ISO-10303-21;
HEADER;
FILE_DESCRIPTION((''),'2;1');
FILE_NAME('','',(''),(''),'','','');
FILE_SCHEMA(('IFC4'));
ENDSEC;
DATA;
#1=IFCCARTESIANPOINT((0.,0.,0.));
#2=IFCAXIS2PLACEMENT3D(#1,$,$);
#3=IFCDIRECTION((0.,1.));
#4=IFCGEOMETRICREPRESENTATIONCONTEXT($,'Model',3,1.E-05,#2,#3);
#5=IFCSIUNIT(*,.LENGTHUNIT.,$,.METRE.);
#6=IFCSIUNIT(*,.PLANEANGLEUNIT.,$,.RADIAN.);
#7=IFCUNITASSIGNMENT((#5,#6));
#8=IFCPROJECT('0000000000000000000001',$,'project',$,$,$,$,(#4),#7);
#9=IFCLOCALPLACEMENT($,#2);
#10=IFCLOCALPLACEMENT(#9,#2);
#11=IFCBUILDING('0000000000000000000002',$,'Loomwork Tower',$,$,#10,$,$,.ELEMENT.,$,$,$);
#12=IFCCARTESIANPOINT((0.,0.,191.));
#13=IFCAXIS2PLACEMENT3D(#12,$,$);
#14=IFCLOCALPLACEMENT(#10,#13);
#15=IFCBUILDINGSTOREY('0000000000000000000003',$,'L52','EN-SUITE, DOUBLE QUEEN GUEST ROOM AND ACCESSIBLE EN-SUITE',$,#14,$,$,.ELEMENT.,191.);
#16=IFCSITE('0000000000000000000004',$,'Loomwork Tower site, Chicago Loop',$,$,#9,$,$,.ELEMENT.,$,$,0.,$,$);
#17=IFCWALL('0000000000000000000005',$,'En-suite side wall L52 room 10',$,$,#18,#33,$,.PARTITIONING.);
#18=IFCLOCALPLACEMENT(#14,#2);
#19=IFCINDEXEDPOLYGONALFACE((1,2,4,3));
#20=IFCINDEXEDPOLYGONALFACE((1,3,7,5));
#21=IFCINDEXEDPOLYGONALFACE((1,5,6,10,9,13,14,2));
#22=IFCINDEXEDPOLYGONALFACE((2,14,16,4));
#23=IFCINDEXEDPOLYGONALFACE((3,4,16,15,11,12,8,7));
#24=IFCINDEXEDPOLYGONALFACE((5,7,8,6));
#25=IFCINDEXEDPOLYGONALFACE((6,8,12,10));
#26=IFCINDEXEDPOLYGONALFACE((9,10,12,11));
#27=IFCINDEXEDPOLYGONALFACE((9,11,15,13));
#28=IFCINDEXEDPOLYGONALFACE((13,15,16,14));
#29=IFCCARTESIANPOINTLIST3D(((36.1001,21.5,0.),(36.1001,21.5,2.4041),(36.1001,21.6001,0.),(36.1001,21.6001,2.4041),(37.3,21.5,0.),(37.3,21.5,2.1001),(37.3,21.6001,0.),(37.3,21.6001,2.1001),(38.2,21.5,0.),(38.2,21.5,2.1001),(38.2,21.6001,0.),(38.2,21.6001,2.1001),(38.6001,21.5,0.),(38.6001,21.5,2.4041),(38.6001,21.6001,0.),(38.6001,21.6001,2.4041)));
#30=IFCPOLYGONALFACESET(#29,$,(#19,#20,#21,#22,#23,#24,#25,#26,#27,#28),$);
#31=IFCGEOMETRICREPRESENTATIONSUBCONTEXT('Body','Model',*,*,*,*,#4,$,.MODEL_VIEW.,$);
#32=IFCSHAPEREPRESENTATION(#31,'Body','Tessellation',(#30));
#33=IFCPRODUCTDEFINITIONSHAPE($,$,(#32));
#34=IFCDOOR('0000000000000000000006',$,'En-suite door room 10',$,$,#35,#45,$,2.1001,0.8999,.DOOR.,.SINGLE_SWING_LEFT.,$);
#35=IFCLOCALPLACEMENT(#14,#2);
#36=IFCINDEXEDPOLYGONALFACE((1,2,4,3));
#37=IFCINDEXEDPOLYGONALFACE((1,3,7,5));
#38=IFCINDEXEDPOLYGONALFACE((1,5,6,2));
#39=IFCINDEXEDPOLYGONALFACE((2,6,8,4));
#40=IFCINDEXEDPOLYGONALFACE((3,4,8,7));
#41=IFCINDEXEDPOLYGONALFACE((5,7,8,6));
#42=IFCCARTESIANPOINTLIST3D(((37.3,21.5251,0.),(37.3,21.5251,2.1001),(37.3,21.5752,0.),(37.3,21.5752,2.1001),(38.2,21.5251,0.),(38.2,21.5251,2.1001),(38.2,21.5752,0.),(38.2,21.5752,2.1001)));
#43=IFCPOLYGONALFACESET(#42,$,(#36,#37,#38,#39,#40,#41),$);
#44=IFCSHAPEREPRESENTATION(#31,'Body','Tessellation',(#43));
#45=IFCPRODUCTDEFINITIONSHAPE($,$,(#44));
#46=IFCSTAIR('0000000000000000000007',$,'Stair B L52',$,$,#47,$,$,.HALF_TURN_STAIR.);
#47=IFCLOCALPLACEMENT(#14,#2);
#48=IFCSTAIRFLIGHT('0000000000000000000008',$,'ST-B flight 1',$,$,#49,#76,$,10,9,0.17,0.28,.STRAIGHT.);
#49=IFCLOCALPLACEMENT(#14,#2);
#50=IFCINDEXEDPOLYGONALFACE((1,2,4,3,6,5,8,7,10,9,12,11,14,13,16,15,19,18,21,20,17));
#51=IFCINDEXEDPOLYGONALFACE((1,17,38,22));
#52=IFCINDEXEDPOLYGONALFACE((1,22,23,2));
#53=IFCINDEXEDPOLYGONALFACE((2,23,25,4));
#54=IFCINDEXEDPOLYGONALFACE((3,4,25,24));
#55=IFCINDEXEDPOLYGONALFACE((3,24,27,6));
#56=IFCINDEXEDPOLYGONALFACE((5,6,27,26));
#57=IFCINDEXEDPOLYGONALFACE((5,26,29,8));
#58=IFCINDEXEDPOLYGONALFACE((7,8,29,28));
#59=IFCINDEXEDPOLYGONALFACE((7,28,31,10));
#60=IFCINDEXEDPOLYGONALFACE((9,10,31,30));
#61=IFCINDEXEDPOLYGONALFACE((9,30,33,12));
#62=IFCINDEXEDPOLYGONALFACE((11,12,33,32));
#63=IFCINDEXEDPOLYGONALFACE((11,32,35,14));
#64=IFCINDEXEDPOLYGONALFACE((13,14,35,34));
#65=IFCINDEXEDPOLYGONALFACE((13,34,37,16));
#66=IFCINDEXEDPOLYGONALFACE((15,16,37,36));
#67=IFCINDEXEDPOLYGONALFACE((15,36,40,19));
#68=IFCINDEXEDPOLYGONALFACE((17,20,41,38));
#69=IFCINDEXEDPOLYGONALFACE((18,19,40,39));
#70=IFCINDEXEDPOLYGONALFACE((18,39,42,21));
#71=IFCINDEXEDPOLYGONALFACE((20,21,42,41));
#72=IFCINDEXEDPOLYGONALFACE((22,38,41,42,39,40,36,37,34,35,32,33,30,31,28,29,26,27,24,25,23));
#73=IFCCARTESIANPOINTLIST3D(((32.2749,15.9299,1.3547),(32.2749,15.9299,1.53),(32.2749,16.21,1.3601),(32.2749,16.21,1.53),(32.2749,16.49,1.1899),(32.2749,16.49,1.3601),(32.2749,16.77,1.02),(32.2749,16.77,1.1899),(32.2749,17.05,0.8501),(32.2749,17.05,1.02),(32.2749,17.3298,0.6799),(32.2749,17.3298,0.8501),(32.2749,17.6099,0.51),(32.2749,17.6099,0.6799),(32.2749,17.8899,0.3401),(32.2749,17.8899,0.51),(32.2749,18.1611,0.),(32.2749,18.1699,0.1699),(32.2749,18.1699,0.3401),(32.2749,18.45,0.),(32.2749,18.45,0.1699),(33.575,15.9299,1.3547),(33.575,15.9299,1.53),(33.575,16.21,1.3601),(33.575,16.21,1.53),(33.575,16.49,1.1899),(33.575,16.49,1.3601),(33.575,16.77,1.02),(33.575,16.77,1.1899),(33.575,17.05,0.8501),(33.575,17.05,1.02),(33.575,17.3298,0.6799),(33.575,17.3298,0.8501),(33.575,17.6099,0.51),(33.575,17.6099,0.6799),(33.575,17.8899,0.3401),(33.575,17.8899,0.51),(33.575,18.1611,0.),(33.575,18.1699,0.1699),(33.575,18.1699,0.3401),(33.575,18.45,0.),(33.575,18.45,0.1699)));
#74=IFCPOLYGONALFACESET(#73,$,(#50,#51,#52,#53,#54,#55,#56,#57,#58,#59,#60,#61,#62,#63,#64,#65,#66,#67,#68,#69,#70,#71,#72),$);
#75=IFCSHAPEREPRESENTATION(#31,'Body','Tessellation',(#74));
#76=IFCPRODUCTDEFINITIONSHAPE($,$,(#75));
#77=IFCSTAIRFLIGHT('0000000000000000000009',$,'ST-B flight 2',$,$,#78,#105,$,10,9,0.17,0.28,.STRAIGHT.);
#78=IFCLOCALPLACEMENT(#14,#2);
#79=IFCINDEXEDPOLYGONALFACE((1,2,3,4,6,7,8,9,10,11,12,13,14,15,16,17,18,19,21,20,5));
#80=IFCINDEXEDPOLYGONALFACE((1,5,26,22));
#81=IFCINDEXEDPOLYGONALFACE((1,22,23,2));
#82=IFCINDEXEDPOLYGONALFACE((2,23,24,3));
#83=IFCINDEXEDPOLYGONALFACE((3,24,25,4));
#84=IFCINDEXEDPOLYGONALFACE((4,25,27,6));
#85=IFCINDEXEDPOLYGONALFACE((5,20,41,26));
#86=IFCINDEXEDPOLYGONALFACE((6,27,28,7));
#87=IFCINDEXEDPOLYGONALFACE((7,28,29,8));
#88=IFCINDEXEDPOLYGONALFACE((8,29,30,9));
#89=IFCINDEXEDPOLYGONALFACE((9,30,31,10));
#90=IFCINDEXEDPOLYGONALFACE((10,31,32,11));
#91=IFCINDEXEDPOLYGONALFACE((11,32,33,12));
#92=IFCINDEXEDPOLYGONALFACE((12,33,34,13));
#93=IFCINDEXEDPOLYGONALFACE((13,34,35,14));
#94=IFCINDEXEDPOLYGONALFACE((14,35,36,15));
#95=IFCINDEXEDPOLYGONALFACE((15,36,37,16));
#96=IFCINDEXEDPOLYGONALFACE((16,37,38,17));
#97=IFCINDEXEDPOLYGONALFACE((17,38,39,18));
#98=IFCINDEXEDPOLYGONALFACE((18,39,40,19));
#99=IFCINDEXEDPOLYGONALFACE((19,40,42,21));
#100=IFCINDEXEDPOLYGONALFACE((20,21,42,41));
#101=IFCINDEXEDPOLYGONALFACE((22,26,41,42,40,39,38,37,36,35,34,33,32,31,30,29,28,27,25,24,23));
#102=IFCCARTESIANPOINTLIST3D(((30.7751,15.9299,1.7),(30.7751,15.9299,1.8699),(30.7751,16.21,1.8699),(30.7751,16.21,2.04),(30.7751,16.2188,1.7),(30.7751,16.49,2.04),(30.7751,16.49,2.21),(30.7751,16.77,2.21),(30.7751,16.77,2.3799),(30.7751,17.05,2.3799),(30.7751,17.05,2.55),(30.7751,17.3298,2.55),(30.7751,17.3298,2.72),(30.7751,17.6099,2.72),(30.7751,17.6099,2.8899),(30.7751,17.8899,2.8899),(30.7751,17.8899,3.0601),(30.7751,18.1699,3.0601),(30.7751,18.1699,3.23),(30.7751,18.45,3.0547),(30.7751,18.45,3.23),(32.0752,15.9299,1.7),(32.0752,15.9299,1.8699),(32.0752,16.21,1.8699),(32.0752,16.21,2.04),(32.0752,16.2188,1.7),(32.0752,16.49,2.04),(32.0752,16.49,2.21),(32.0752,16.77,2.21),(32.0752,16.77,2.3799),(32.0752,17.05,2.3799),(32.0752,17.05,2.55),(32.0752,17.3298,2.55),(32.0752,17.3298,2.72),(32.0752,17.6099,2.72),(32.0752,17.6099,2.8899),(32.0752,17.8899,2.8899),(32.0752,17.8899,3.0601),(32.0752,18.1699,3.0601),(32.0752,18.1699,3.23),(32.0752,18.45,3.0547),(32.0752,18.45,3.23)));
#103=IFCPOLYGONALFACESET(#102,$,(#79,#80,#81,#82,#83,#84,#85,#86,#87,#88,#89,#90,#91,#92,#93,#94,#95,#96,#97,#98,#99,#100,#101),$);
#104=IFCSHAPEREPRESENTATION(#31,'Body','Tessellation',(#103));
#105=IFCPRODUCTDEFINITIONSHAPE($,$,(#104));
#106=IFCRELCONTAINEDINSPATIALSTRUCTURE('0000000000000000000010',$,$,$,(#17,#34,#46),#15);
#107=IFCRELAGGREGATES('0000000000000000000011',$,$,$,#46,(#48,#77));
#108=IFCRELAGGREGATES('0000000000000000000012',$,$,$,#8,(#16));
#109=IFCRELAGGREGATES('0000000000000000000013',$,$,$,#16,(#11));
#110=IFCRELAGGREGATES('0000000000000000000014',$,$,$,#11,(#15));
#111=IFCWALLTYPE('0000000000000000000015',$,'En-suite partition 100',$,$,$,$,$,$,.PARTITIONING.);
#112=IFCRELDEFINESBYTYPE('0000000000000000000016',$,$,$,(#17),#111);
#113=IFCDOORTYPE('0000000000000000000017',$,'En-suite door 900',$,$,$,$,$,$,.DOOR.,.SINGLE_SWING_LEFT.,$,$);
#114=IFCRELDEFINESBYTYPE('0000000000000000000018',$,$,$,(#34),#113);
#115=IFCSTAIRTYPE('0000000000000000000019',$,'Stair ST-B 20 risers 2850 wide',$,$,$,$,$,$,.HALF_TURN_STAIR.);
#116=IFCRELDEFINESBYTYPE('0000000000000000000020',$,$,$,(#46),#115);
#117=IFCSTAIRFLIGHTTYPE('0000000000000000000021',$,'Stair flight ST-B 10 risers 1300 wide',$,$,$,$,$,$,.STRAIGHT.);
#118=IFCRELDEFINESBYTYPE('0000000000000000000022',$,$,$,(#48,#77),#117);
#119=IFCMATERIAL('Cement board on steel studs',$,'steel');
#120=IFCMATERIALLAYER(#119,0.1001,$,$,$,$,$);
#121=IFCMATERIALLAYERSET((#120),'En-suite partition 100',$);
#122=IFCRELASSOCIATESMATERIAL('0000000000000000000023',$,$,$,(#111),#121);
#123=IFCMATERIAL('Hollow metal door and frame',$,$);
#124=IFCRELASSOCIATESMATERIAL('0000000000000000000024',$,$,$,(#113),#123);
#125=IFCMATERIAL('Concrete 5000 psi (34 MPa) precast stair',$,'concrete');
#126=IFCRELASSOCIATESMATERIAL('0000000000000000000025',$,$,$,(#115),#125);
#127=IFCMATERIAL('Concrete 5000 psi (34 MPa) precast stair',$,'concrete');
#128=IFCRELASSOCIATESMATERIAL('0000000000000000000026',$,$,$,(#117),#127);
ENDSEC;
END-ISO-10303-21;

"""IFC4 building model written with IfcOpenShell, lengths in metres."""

from ifc_helpers import new_model, si_unit, direction, frame, frame_2d, origin, place, context, subcontext, project, spatial, polyline, rectangle, outline, extrude, material, layer, layer_set, type_object, element, fill, aggregate, save


model = new_model("IFC4")

# Units and contexts
model_context = context("Model", 3, precision=1e-05, world=origin(), true_north=direction((0.0, 1.0)))
body_context = subcontext(model_context, "Body", "Model", "MODEL_VIEW")
ifc_project = project(units=[si_unit("LENGTHUNIT", "METRE"), si_unit("PLANEANGLEUNIT", "RADIAN")], contexts=[model_context])

# Site, building, storey
site_placement = place(None, origin())
site = spatial("IfcSite", under=ifc_project, at=site_placement, Name="Loomwork Tower site, Chicago Loop", CompositionType="ELEMENT", RefElevation=0.0)
building_placement = place(site_placement, origin())
building = spatial("IfcBuilding", under=site, at=building_placement, Name="Loomwork Tower", CompositionType="ELEMENT")
storey_placement = place(building_placement, frame((0.0, 0.0, 191.0)))
storey = spatial("IfcBuildingStorey", under=building, at=storey_placement, Name="L52", Description="EN-SUITE, DOUBLE QUEEN GUEST ROOM AND ACCESSIBLE EN-SUITE", CompositionType="ELEMENT", Elevation=191.0)

# Wall, opening, door
ifc_material_1 = material(Name="Cement board on steel studs", Category="steel")
ifc_layer_1 = layer(ifc_material_1, 0.1001)
ifc_layer_set_1 = layer_set([ifc_layer_1], Name="En-suite partition 100")
wall_type_1 = type_object("IfcWallType", Name="En-suite partition 100", PredefinedType="PARTITIONING", material=ifc_layer_set_1)
ifc_material_2 = material(Name="Hollow metal door and frame")
door_type_1 = type_object("IfcDoorType", Name="En-suite door 900", OperationType="SINGLE_SWING_LEFT", PredefinedType="DOOR", material=ifc_material_2)
wall_1_placement = place(storey_placement, frame((36.1001, 21.55, 0.0), z_axis=(0.0, 0.0, 1.0), x_axis=(1.0, 0.0, 0.0)))
wall_1 = element("IfcWall", 1, at=wall_1_placement, inside=storey, type_object=wall_type_1, Name="En-suite side wall L52 room 10", PredefinedType="PARTITIONING", context=body_context, shape_type="SweptSolid", body=[
    extrude(rectangle(XDim=2.5, YDim=0.1001, at=frame_2d((1.25, 0.0))), origin(), (0.0, 0.0, 1.0), 2.4041),
])
opening_1_placement = place(wall_1_placement, frame((1.2, 0.0, 0.0)))
opening_1 = element("IfcOpeningElement", 2, at=opening_1_placement, cuts=wall_1, PredefinedType="OPENING", context=body_context, shape_type="SweptSolid", body=[
    extrude(rectangle(XDim=0.8999, YDim=2.1001, at=frame_2d((0.45, 1.05))), frame((0.0, 0.0601, 0.0), z_axis=(0.0, -1.0, 0.0), x_axis=(1.0, 0.0, 0.0)), (0.0, 0.0, 1.0), 0.1201),
])
door_1_placement = place(opening_1_placement, frame((0.8999, 0.0, 0.0), z_axis=(0.0, 0.0, 1.0), x_axis=(-1.0, 0.0, 0.0)))
door_1 = element("IfcDoor", 3, at=door_1_placement, inside=storey, type_object=door_type_1, Name="En-suite door room 10", OperationType="SINGLE_SWING_LEFT", OverallHeight=2.1001, OverallWidth=0.8999, PredefinedType="DOOR", context=body_context, shape_type="SweptSolid", body=[
    extrude(rectangle(XDim=0.8999, YDim=2.1001, at=frame_2d((0.45, 1.05))), frame((0.0, 0.0249, 0.0), z_axis=(0.0, -1.0, 0.0), x_axis=(1.0, 0.0, 0.0)), (0.0, 0.0, 1.0), 0.05),
])
fill(opening_1, door_1)

# Stair, stair flights
ifc_material_3 = material(Name="Concrete 5000 psi (34 MPa) precast stair", Category="concrete")
stair_type = type_object("IfcStairType", Name="Stair ST-B 20 risers 2850 wide", PredefinedType="HALF_TURN_STAIR", material=ifc_material_3)
stair_placement = place(storey_placement, origin())
stair = element("IfcStair", 4, at=stair_placement, inside=storey, type_object=stair_type, Name="Stair B L52", PredefinedType="HALF_TURN_STAIR")
ifc_material_4 = material(Name="Concrete 5000 psi (34 MPa) precast stair", Category="concrete")
stair_flight_type = type_object("IfcStairFlightType", Name="Stair flight ST-B 10 risers 1300 wide", PredefinedType="STRAIGHT", material=ifc_material_4)
stair_flight_1_placement = place(storey_placement, frame((32.925, 18.45, 0.0), z_axis=(0.0, 0.0, 1.0), x_axis=(0.0, -1.0, 0.0)))
stair_flight_1 = element("IfcStairFlight", 5, at=stair_flight_1_placement, type_object=stair_flight_type, Name="ST-B flight 1", NumberOfRisers=10, NumberOfTreads=9, PredefinedType="STRAIGHT", RiserHeight=0.17, TreadLength=0.28, context=body_context, shape_type="SweptSolid", body=[
    extrude(outline(polyline([(0.0, 0.0), (0.0, 0.1699), (0.28, 0.1699), (0.28, 0.3401), (0.5601, 0.3401), (0.5601, 0.51), (0.8401, 0.51), (0.8401, 0.6799), (1.1201, 0.6799), (1.1201, 0.8501), (1.3999, 0.8501), (1.3999, 1.02), (1.6799, 1.02), (1.6799, 1.1899), (1.96, 1.1899), (1.96, 1.3601), (2.24, 1.3601), (2.24, 1.53), (2.52, 1.53), (2.52, 1.7), (2.52, 1.3547), (0.2888, 0.0), (0.0, 0.0)])), frame((0.0, 0.6499, 0.0), z_axis=(0.0, -1.0, 0.0), x_axis=(1.0, 0.0, 0.0)), (0.0, 0.0, 1.0), 1.3),
])
stair_flight_2_placement = place(storey_placement, frame((31.425, 15.9299, 1.7), z_axis=(0.0, 0.0, 1.0), x_axis=(0.0, 1.0, 0.0)))
stair_flight_2 = element("IfcStairFlight", 6, at=stair_flight_2_placement, type_object=stair_flight_type, Name="ST-B flight 2", NumberOfRisers=10, NumberOfTreads=9, PredefinedType="STRAIGHT", RiserHeight=0.17, TreadLength=0.28, context=body_context, shape_type="SweptSolid", body=[
    extrude(outline(polyline([(0.0, 0.0), (0.0, 0.1699), (0.28, 0.1699), (0.28, 0.3401), (0.5601, 0.3401), (0.5601, 0.51), (0.8401, 0.51), (0.8401, 0.6799), (1.1201, 0.6799), (1.1201, 0.8501), (1.3999, 0.8501), (1.3999, 1.02), (1.6799, 1.02), (1.6799, 1.1899), (1.96, 1.1899), (1.96, 1.3601), (2.24, 1.3601), (2.24, 1.53), (2.52, 1.53), (2.52, 1.7), (2.52, 1.3547), (0.2888, 0.0), (0.0, 0.0)])), frame((0.0, 0.6499, 0.0), z_axis=(0.0, -1.0, 0.0), x_axis=(1.0, 0.0, 0.0)), (0.0, 0.0, 1.0), 1.3),
])
aggregate(stair, [stair_flight_1, stair_flight_2])

save(model, "model.ifc")
